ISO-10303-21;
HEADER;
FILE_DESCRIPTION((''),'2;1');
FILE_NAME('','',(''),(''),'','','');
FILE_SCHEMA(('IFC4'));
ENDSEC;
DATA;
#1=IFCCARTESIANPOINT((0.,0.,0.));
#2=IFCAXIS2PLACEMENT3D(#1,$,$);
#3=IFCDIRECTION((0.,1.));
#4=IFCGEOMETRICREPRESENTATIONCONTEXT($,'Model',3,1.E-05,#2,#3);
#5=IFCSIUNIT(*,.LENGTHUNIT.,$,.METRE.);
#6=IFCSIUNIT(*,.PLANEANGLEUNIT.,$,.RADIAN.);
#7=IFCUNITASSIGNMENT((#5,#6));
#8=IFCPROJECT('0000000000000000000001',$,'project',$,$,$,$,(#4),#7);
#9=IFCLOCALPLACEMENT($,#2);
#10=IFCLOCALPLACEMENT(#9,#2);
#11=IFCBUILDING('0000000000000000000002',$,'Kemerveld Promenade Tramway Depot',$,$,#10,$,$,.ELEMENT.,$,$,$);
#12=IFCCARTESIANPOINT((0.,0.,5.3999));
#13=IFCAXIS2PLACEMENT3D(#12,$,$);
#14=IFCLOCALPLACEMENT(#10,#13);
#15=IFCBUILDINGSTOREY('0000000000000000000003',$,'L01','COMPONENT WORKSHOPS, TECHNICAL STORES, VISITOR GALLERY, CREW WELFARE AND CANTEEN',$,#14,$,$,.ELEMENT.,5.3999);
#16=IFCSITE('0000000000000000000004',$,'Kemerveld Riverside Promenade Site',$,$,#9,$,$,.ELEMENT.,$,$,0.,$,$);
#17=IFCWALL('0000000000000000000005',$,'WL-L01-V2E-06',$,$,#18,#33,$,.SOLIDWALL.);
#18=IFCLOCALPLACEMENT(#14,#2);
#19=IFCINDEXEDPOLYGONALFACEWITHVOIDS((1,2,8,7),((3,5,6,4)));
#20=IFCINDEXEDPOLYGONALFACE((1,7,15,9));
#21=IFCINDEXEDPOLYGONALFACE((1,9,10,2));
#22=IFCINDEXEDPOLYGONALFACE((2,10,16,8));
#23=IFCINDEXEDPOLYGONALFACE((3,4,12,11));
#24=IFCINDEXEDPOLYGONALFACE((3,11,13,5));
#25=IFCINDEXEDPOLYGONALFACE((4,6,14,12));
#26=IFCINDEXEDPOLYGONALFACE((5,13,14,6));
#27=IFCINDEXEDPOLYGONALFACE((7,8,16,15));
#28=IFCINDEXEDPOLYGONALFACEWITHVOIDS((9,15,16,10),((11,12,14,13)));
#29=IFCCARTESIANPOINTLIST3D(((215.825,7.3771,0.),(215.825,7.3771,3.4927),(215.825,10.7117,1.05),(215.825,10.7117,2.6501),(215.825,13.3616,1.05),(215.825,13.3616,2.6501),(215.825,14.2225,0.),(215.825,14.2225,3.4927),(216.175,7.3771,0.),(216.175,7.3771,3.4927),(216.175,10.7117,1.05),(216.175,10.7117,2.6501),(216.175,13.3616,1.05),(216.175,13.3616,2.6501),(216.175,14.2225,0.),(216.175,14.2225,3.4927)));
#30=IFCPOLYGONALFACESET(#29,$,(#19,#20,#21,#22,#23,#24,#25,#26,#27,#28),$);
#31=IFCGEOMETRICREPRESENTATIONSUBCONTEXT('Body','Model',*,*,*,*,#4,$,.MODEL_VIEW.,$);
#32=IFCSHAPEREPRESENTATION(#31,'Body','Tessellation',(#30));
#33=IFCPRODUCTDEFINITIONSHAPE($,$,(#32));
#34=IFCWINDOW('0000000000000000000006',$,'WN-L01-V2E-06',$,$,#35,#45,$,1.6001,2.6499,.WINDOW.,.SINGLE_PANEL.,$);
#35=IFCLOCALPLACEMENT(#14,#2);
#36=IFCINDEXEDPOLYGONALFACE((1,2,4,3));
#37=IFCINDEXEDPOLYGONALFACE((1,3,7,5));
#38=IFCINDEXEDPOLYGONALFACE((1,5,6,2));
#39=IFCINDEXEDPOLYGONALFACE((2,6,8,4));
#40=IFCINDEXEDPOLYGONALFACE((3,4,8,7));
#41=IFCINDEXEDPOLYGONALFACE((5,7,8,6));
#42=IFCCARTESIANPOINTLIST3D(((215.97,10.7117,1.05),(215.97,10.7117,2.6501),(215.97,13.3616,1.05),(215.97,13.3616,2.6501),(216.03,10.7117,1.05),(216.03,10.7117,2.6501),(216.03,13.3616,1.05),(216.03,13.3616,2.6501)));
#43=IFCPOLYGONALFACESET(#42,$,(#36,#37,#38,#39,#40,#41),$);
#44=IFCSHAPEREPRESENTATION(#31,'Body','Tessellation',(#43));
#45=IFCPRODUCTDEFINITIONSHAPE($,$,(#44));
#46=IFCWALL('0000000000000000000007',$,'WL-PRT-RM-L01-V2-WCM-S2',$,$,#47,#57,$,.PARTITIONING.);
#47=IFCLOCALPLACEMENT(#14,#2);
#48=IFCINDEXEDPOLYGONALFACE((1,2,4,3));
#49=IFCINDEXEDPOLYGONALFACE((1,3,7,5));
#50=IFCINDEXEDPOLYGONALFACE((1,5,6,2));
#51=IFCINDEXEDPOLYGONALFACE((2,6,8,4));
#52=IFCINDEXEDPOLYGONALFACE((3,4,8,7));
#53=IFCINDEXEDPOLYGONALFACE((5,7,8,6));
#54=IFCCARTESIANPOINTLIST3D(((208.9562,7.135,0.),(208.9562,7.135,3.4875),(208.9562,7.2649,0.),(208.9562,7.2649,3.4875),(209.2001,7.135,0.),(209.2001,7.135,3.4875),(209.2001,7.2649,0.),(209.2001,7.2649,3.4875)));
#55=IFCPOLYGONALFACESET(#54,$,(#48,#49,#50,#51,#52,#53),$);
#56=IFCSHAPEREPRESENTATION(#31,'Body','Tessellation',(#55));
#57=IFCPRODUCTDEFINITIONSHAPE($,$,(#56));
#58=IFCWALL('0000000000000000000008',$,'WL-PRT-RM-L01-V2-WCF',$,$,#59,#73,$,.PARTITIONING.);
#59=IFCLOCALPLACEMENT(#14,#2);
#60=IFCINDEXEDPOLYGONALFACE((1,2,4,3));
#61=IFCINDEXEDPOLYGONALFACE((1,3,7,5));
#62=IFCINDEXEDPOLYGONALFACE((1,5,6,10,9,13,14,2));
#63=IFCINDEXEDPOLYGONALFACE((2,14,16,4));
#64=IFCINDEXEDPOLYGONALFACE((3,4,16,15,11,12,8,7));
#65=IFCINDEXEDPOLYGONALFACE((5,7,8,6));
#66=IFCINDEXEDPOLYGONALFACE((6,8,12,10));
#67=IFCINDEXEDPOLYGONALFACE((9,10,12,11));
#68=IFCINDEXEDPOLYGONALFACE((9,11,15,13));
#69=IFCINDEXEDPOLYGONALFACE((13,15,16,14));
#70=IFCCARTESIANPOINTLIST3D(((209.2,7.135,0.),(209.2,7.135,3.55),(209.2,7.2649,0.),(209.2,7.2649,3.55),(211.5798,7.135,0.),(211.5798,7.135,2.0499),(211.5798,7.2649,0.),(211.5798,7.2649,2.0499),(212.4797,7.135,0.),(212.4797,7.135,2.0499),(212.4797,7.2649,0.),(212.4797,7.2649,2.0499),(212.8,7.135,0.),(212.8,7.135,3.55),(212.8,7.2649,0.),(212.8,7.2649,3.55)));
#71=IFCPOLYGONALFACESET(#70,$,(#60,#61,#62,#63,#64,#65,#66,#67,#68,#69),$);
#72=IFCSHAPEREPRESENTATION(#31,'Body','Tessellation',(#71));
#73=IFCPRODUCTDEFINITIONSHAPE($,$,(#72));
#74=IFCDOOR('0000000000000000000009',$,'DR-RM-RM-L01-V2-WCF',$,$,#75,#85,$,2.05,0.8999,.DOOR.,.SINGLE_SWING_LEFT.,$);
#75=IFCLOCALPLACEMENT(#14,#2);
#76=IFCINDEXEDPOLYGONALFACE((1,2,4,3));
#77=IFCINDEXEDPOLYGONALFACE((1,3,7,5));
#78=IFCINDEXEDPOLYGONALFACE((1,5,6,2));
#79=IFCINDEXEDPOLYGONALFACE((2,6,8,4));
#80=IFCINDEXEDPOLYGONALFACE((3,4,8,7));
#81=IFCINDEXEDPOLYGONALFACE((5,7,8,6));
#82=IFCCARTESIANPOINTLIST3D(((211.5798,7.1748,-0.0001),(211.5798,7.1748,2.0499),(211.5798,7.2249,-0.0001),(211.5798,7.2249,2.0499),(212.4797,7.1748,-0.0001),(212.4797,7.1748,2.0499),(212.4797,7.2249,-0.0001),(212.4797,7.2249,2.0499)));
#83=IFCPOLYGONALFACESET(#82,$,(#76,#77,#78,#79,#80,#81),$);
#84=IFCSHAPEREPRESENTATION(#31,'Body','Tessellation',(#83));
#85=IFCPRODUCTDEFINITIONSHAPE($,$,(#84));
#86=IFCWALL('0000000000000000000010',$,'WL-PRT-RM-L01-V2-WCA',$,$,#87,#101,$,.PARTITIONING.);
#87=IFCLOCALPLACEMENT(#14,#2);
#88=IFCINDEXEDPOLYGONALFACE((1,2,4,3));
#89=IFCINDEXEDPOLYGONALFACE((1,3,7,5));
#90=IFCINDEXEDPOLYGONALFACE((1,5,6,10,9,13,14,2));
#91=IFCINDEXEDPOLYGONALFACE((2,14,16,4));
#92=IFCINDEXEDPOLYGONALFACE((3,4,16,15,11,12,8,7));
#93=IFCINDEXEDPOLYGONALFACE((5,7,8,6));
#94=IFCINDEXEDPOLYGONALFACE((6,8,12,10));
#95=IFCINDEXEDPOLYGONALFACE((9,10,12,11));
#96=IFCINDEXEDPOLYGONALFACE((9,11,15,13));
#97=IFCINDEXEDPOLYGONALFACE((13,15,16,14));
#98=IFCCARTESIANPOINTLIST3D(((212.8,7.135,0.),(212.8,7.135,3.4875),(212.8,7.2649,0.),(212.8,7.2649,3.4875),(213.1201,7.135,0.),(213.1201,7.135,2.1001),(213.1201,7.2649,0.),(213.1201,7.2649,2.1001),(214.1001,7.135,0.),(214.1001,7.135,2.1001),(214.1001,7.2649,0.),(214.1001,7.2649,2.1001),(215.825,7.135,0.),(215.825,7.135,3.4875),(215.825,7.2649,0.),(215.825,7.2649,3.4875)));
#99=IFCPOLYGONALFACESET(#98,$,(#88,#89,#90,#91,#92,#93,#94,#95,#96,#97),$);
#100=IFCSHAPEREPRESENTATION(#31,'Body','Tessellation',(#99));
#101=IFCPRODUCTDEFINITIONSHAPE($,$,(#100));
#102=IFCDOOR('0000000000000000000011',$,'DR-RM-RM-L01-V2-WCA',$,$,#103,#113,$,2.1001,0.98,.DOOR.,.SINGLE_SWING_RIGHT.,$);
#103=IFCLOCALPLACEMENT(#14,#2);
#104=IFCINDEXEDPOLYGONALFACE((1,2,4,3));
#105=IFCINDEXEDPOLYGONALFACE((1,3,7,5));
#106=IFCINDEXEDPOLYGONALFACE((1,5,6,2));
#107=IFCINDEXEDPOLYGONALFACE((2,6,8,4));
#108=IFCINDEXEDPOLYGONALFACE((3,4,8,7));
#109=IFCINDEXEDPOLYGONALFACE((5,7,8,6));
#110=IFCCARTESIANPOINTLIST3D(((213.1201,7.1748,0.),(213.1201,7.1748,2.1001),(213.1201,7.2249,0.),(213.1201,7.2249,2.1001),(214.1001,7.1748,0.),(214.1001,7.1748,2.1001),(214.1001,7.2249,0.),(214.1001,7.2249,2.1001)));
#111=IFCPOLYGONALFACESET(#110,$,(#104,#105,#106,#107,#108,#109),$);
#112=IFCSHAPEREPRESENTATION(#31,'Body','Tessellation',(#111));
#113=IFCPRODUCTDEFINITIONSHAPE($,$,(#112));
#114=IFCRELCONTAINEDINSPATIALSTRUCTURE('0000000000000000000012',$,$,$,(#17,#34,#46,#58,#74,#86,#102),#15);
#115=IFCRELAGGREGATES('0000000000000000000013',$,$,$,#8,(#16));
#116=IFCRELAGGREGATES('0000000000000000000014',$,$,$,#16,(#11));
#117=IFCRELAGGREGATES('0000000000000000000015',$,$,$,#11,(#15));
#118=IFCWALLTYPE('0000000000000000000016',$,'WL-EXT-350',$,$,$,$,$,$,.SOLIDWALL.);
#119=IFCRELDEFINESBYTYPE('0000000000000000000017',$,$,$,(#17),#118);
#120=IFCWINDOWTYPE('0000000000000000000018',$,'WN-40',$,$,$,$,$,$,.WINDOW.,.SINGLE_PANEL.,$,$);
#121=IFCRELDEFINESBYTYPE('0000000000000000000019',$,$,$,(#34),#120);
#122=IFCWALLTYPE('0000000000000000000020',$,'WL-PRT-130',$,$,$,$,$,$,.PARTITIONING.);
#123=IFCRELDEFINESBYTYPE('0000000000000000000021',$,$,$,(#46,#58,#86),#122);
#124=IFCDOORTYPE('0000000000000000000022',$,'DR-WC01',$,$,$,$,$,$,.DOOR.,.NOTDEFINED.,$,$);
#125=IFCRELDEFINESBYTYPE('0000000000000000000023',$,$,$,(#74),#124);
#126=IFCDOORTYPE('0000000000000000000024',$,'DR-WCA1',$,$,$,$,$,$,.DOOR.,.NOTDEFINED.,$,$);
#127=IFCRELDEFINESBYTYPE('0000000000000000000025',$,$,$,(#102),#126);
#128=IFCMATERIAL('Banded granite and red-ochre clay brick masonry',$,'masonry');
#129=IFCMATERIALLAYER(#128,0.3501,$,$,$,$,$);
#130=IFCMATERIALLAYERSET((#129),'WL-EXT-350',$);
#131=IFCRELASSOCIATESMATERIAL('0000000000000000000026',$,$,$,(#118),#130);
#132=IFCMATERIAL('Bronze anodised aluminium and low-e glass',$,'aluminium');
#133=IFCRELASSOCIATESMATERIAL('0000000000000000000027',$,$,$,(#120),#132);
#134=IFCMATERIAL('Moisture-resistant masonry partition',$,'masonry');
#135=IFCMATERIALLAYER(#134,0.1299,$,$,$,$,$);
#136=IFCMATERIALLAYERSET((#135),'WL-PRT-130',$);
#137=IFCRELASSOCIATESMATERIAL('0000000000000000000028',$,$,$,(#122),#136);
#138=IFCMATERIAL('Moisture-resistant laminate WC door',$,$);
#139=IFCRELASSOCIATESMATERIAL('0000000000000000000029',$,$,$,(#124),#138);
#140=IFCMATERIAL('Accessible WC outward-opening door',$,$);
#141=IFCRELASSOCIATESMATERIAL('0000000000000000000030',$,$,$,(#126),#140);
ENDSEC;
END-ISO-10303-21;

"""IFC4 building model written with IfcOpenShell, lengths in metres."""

from ifc_helpers import new_model, si_unit, direction, frame, frame_2d, origin, place, context, subcontext, project, spatial, rectangle, extrude, material, layer, layer_set, type_object, element, fill, save


model = new_model("IFC4")

# Units and contexts
model_context = context("Model", 3, precision=1e-05, world=origin(), true_north=direction((0.0, 1.0)))
body_context = subcontext(model_context, "Body", "Model", "MODEL_VIEW")
ifc_project = project(units=[si_unit("LENGTHUNIT", "METRE"), si_unit("PLANEANGLEUNIT", "RADIAN")], contexts=[model_context])

# Site, building, storey
site_placement = place(None, origin())
site = spatial("IfcSite", under=ifc_project, at=site_placement, Name="Kemerveld Riverside Promenade Site", CompositionType="ELEMENT", RefElevation=0.0)
building_placement = place(site_placement, origin())
building = spatial("IfcBuilding", under=site, at=building_placement, Name="Kemerveld Promenade Tramway Depot", CompositionType="ELEMENT")
storey_placement = place(building_placement, frame((0.0, 0.0, 5.3999)))
storey = spatial("IfcBuildingStorey", under=building, at=storey_placement, Name="L01", Description="COMPONENT WORKSHOPS, TECHNICAL STORES, VISITOR GALLERY, CREW WELFARE AND CANTEEN", CompositionType="ELEMENT", Elevation=5.3999)

# Wall, opening, window
ifc_material_1 = material(Name="Banded granite and red-ochre clay brick masonry", Category="masonry")
ifc_layer_1 = layer(ifc_material_1, 0.3501)
ifc_layer_set_1 = layer_set([ifc_layer_1], Name="WL-EXT-350")
wall_type_1 = type_object("IfcWallType", Name="WL-EXT-350", PredefinedType="SOLIDWALL", material=ifc_layer_set_1)
wall_1_placement = place(storey_placement, frame((216.0, 14.2227, 0.0), z_axis=(0.0, 0.0, 1.0), x_axis=(0.0, -1.0, 0.0)))
wall_1 = element("IfcWall", 1, at=wall_1_placement, inside=storey, type_object=wall_type_1, Name="WL-L01-V2E-06", PredefinedType="SOLIDWALL", context=body_context, shape_type="SweptSolid", body=[
    extrude(rectangle(XDim=6.8455, YDim=0.3501, at=frame_2d((3.4229, 0.0))), origin(), (0.0, 0.0, 1.0), 3.4927),
])
opening_1_placement = place(wall_1_placement, frame((0.8611, 0.0, 1.05)))
opening_1 = element("IfcOpeningElement", 2, at=opening_1_placement, cuts=wall_1, PredefinedType="OPENING", context=body_context, shape_type="SweptSolid", body=[
    extrude(rectangle(XDim=2.6499, YDim=1.6001, at=frame_2d((1.325, 0.8))), frame((0.0, 0.1851, 0.0), z_axis=(0.0, -1.0, 0.0), x_axis=(1.0, 0.0, 0.0)), (0.0, 0.0, 1.0), 0.3701),
])
ifc_material_2 = material(Name="Bronze anodised aluminium and low-e glass", Category="aluminium")
window_type = type_object("IfcWindowType", Name="WN-40", PartitioningType="SINGLE_PANEL", PredefinedType="WINDOW", material=ifc_material_2)
window_placement = place(opening_1_placement, origin())
window = element("IfcWindow", 3, at=window_placement, inside=storey, type_object=window_type, Name="WN-L01-V2E-06", OverallHeight=1.6001, OverallWidth=2.6499, PartitioningType="SINGLE_PANEL", PredefinedType="WINDOW", context=body_context, shape_type="SweptSolid", body=[
    extrude(rectangle(XDim=2.6499, YDim=1.6001, at=frame_2d((1.325, 0.8))), frame((0.0, 0.03, 0.0), z_axis=(0.0, -1.0, 0.0), x_axis=(1.0, 0.0, 0.0)), (0.0, 0.0, 1.0), 0.0601),
])
fill(opening_1, window)

# Wall
ifc_material_3 = material(Name="Moisture-resistant masonry partition", Category="masonry")
ifc_layer_2 = layer(ifc_material_3, 0.1299)
ifc_layer_set_2 = layer_set([ifc_layer_2], Name="WL-PRT-130")
wall_type_2 = type_object("IfcWallType", Name="WL-PRT-130", PredefinedType="PARTITIONING", material=ifc_layer_set_2)
wall_2_placement = place(storey_placement, frame((208.9561, 7.2, 0.0), z_axis=(0.0, 0.0, 1.0), x_axis=(1.0, 0.0, 0.0)))
element("IfcWall", 4, at=wall_2_placement, inside=storey, type_object=wall_type_2, Name="WL-PRT-RM-L01-V2-WCM-S2", PredefinedType="PARTITIONING", context=body_context, shape_type="SweptSolid", body=[
    extrude(rectangle(XDim=0.2439, YDim=0.1299, at=frame_2d((0.1221, 0.0))), origin(), (0.0, 0.0, 1.0), 3.4875),
])

# Walls, openings, doors
wall_3_placement = place(storey_placement, frame((209.2, 7.2, 0.0), z_axis=(0.0, 0.0, 1.0), x_axis=(1.0, 0.0, 0.0)))
wall_3 = element("IfcWall", 5, at=wall_3_placement, inside=storey, type_object=wall_type_2, Name="WL-PRT-RM-L01-V2-WCF", PredefinedType="PARTITIONING", context=body_context, shape_type="SweptSolid", body=[
    extrude(rectangle(XDim=3.6001, YDim=0.1299, at=frame_2d((1.8, 0.0))), origin(), (0.0, 0.0, 1.0), 3.55),
])
opening_2_placement = place(wall_3_placement, frame((2.3799, 0.0, 0.0)))
opening_2 = element("IfcOpeningElement", 6, at=opening_2_placement, cuts=wall_3, PredefinedType="OPENING", context=body_context, shape_type="SweptSolid", body=[
    extrude(rectangle(XDim=0.8999, YDim=2.05, at=frame_2d((0.45, 1.0249))), frame((0.0, 0.075, 0.0), z_axis=(0.0, -1.0, 0.0), x_axis=(1.0, 0.0, 0.0)), (0.0, 0.0, 1.0), 0.1499),
])
ifc_material_4 = material(Name="Moisture-resistant laminate WC door")
door_type_1 = type_object("IfcDoorType", Name="DR-WC01", OperationType="NOTDEFINED", PredefinedType="DOOR", material=ifc_material_4)
door_1_placement = place(opening_2_placement, origin())
door_1 = element("IfcDoor", 7, at=door_1_placement, inside=storey, type_object=door_type_1, Name="DR-RM-RM-L01-V2-WCF", OperationType="SINGLE_SWING_LEFT", OverallHeight=2.05, OverallWidth=0.8999, PredefinedType="DOOR", context=body_context, shape_type="SweptSolid", body=[
    extrude(rectangle(XDim=0.8999, YDim=2.05, at=frame_2d((0.45, 1.0249))), frame((0.0, 0.0249, 0.0), z_axis=(0.0, -1.0, 0.0), x_axis=(1.0, 0.0, 0.0)), (0.0, 0.0, 1.0), 0.05),
])
fill(opening_2, door_1)
wall_4_placement = place(storey_placement, frame((212.8, 7.2, 0.0), z_axis=(0.0, 0.0, 1.0), x_axis=(1.0, 0.0, 0.0)))
wall_4 = element("IfcWall", 8, at=wall_4_placement, inside=storey, type_object=wall_type_2, Name="WL-PRT-RM-L01-V2-WCA", PredefinedType="PARTITIONING", context=body_context, shape_type="SweptSolid", body=[
    extrude(rectangle(XDim=3.0249, YDim=0.1299, at=frame_2d((1.5125, 0.0))), origin(), (0.0, 0.0, 1.0), 3.4875),
])
opening_3_placement = place(wall_4_placement, frame((0.3201, 0.0, 0.0)))
opening_3 = element("IfcOpeningElement", 9, at=opening_3_placement, cuts=wall_4, PredefinedType="OPENING", context=body_context, shape_type="SweptSolid", body=[
    extrude(rectangle(XDim=0.98, YDim=2.1001, at=frame_2d((0.49, 1.05))), frame((0.0, 0.075, 0.0), z_axis=(0.0, -1.0, 0.0), x_axis=(1.0, 0.0, 0.0)), (0.0, 0.0, 1.0), 0.1499),
])
ifc_material_5 = material(Name="Accessible WC outward-opening door")
door_type_2 = type_object("IfcDoorType", Name="DR-WCA1", OperationType="NOTDEFINED", PredefinedType="DOOR", material=ifc_material_5)
door_2_placement = place(opening_3_placement, origin())
door_2 = element("IfcDoor", 10, at=door_2_placement, inside=storey, type_object=door_type_2, Name="DR-RM-RM-L01-V2-WCA", OperationType="SINGLE_SWING_RIGHT", OverallHeight=2.1001, OverallWidth=0.98, PredefinedType="DOOR", context=body_context, shape_type="SweptSolid", body=[
    extrude(rectangle(XDim=0.98, YDim=2.1001, at=frame_2d((0.49, 1.05))), frame((0.0, 0.0249, 0.0), z_axis=(0.0, -1.0, 0.0), x_axis=(1.0, 0.0, 0.0)), (0.0, 0.0, 1.0), 0.05),
])
fill(opening_3, door_2)

save(model, "model.ifc")
